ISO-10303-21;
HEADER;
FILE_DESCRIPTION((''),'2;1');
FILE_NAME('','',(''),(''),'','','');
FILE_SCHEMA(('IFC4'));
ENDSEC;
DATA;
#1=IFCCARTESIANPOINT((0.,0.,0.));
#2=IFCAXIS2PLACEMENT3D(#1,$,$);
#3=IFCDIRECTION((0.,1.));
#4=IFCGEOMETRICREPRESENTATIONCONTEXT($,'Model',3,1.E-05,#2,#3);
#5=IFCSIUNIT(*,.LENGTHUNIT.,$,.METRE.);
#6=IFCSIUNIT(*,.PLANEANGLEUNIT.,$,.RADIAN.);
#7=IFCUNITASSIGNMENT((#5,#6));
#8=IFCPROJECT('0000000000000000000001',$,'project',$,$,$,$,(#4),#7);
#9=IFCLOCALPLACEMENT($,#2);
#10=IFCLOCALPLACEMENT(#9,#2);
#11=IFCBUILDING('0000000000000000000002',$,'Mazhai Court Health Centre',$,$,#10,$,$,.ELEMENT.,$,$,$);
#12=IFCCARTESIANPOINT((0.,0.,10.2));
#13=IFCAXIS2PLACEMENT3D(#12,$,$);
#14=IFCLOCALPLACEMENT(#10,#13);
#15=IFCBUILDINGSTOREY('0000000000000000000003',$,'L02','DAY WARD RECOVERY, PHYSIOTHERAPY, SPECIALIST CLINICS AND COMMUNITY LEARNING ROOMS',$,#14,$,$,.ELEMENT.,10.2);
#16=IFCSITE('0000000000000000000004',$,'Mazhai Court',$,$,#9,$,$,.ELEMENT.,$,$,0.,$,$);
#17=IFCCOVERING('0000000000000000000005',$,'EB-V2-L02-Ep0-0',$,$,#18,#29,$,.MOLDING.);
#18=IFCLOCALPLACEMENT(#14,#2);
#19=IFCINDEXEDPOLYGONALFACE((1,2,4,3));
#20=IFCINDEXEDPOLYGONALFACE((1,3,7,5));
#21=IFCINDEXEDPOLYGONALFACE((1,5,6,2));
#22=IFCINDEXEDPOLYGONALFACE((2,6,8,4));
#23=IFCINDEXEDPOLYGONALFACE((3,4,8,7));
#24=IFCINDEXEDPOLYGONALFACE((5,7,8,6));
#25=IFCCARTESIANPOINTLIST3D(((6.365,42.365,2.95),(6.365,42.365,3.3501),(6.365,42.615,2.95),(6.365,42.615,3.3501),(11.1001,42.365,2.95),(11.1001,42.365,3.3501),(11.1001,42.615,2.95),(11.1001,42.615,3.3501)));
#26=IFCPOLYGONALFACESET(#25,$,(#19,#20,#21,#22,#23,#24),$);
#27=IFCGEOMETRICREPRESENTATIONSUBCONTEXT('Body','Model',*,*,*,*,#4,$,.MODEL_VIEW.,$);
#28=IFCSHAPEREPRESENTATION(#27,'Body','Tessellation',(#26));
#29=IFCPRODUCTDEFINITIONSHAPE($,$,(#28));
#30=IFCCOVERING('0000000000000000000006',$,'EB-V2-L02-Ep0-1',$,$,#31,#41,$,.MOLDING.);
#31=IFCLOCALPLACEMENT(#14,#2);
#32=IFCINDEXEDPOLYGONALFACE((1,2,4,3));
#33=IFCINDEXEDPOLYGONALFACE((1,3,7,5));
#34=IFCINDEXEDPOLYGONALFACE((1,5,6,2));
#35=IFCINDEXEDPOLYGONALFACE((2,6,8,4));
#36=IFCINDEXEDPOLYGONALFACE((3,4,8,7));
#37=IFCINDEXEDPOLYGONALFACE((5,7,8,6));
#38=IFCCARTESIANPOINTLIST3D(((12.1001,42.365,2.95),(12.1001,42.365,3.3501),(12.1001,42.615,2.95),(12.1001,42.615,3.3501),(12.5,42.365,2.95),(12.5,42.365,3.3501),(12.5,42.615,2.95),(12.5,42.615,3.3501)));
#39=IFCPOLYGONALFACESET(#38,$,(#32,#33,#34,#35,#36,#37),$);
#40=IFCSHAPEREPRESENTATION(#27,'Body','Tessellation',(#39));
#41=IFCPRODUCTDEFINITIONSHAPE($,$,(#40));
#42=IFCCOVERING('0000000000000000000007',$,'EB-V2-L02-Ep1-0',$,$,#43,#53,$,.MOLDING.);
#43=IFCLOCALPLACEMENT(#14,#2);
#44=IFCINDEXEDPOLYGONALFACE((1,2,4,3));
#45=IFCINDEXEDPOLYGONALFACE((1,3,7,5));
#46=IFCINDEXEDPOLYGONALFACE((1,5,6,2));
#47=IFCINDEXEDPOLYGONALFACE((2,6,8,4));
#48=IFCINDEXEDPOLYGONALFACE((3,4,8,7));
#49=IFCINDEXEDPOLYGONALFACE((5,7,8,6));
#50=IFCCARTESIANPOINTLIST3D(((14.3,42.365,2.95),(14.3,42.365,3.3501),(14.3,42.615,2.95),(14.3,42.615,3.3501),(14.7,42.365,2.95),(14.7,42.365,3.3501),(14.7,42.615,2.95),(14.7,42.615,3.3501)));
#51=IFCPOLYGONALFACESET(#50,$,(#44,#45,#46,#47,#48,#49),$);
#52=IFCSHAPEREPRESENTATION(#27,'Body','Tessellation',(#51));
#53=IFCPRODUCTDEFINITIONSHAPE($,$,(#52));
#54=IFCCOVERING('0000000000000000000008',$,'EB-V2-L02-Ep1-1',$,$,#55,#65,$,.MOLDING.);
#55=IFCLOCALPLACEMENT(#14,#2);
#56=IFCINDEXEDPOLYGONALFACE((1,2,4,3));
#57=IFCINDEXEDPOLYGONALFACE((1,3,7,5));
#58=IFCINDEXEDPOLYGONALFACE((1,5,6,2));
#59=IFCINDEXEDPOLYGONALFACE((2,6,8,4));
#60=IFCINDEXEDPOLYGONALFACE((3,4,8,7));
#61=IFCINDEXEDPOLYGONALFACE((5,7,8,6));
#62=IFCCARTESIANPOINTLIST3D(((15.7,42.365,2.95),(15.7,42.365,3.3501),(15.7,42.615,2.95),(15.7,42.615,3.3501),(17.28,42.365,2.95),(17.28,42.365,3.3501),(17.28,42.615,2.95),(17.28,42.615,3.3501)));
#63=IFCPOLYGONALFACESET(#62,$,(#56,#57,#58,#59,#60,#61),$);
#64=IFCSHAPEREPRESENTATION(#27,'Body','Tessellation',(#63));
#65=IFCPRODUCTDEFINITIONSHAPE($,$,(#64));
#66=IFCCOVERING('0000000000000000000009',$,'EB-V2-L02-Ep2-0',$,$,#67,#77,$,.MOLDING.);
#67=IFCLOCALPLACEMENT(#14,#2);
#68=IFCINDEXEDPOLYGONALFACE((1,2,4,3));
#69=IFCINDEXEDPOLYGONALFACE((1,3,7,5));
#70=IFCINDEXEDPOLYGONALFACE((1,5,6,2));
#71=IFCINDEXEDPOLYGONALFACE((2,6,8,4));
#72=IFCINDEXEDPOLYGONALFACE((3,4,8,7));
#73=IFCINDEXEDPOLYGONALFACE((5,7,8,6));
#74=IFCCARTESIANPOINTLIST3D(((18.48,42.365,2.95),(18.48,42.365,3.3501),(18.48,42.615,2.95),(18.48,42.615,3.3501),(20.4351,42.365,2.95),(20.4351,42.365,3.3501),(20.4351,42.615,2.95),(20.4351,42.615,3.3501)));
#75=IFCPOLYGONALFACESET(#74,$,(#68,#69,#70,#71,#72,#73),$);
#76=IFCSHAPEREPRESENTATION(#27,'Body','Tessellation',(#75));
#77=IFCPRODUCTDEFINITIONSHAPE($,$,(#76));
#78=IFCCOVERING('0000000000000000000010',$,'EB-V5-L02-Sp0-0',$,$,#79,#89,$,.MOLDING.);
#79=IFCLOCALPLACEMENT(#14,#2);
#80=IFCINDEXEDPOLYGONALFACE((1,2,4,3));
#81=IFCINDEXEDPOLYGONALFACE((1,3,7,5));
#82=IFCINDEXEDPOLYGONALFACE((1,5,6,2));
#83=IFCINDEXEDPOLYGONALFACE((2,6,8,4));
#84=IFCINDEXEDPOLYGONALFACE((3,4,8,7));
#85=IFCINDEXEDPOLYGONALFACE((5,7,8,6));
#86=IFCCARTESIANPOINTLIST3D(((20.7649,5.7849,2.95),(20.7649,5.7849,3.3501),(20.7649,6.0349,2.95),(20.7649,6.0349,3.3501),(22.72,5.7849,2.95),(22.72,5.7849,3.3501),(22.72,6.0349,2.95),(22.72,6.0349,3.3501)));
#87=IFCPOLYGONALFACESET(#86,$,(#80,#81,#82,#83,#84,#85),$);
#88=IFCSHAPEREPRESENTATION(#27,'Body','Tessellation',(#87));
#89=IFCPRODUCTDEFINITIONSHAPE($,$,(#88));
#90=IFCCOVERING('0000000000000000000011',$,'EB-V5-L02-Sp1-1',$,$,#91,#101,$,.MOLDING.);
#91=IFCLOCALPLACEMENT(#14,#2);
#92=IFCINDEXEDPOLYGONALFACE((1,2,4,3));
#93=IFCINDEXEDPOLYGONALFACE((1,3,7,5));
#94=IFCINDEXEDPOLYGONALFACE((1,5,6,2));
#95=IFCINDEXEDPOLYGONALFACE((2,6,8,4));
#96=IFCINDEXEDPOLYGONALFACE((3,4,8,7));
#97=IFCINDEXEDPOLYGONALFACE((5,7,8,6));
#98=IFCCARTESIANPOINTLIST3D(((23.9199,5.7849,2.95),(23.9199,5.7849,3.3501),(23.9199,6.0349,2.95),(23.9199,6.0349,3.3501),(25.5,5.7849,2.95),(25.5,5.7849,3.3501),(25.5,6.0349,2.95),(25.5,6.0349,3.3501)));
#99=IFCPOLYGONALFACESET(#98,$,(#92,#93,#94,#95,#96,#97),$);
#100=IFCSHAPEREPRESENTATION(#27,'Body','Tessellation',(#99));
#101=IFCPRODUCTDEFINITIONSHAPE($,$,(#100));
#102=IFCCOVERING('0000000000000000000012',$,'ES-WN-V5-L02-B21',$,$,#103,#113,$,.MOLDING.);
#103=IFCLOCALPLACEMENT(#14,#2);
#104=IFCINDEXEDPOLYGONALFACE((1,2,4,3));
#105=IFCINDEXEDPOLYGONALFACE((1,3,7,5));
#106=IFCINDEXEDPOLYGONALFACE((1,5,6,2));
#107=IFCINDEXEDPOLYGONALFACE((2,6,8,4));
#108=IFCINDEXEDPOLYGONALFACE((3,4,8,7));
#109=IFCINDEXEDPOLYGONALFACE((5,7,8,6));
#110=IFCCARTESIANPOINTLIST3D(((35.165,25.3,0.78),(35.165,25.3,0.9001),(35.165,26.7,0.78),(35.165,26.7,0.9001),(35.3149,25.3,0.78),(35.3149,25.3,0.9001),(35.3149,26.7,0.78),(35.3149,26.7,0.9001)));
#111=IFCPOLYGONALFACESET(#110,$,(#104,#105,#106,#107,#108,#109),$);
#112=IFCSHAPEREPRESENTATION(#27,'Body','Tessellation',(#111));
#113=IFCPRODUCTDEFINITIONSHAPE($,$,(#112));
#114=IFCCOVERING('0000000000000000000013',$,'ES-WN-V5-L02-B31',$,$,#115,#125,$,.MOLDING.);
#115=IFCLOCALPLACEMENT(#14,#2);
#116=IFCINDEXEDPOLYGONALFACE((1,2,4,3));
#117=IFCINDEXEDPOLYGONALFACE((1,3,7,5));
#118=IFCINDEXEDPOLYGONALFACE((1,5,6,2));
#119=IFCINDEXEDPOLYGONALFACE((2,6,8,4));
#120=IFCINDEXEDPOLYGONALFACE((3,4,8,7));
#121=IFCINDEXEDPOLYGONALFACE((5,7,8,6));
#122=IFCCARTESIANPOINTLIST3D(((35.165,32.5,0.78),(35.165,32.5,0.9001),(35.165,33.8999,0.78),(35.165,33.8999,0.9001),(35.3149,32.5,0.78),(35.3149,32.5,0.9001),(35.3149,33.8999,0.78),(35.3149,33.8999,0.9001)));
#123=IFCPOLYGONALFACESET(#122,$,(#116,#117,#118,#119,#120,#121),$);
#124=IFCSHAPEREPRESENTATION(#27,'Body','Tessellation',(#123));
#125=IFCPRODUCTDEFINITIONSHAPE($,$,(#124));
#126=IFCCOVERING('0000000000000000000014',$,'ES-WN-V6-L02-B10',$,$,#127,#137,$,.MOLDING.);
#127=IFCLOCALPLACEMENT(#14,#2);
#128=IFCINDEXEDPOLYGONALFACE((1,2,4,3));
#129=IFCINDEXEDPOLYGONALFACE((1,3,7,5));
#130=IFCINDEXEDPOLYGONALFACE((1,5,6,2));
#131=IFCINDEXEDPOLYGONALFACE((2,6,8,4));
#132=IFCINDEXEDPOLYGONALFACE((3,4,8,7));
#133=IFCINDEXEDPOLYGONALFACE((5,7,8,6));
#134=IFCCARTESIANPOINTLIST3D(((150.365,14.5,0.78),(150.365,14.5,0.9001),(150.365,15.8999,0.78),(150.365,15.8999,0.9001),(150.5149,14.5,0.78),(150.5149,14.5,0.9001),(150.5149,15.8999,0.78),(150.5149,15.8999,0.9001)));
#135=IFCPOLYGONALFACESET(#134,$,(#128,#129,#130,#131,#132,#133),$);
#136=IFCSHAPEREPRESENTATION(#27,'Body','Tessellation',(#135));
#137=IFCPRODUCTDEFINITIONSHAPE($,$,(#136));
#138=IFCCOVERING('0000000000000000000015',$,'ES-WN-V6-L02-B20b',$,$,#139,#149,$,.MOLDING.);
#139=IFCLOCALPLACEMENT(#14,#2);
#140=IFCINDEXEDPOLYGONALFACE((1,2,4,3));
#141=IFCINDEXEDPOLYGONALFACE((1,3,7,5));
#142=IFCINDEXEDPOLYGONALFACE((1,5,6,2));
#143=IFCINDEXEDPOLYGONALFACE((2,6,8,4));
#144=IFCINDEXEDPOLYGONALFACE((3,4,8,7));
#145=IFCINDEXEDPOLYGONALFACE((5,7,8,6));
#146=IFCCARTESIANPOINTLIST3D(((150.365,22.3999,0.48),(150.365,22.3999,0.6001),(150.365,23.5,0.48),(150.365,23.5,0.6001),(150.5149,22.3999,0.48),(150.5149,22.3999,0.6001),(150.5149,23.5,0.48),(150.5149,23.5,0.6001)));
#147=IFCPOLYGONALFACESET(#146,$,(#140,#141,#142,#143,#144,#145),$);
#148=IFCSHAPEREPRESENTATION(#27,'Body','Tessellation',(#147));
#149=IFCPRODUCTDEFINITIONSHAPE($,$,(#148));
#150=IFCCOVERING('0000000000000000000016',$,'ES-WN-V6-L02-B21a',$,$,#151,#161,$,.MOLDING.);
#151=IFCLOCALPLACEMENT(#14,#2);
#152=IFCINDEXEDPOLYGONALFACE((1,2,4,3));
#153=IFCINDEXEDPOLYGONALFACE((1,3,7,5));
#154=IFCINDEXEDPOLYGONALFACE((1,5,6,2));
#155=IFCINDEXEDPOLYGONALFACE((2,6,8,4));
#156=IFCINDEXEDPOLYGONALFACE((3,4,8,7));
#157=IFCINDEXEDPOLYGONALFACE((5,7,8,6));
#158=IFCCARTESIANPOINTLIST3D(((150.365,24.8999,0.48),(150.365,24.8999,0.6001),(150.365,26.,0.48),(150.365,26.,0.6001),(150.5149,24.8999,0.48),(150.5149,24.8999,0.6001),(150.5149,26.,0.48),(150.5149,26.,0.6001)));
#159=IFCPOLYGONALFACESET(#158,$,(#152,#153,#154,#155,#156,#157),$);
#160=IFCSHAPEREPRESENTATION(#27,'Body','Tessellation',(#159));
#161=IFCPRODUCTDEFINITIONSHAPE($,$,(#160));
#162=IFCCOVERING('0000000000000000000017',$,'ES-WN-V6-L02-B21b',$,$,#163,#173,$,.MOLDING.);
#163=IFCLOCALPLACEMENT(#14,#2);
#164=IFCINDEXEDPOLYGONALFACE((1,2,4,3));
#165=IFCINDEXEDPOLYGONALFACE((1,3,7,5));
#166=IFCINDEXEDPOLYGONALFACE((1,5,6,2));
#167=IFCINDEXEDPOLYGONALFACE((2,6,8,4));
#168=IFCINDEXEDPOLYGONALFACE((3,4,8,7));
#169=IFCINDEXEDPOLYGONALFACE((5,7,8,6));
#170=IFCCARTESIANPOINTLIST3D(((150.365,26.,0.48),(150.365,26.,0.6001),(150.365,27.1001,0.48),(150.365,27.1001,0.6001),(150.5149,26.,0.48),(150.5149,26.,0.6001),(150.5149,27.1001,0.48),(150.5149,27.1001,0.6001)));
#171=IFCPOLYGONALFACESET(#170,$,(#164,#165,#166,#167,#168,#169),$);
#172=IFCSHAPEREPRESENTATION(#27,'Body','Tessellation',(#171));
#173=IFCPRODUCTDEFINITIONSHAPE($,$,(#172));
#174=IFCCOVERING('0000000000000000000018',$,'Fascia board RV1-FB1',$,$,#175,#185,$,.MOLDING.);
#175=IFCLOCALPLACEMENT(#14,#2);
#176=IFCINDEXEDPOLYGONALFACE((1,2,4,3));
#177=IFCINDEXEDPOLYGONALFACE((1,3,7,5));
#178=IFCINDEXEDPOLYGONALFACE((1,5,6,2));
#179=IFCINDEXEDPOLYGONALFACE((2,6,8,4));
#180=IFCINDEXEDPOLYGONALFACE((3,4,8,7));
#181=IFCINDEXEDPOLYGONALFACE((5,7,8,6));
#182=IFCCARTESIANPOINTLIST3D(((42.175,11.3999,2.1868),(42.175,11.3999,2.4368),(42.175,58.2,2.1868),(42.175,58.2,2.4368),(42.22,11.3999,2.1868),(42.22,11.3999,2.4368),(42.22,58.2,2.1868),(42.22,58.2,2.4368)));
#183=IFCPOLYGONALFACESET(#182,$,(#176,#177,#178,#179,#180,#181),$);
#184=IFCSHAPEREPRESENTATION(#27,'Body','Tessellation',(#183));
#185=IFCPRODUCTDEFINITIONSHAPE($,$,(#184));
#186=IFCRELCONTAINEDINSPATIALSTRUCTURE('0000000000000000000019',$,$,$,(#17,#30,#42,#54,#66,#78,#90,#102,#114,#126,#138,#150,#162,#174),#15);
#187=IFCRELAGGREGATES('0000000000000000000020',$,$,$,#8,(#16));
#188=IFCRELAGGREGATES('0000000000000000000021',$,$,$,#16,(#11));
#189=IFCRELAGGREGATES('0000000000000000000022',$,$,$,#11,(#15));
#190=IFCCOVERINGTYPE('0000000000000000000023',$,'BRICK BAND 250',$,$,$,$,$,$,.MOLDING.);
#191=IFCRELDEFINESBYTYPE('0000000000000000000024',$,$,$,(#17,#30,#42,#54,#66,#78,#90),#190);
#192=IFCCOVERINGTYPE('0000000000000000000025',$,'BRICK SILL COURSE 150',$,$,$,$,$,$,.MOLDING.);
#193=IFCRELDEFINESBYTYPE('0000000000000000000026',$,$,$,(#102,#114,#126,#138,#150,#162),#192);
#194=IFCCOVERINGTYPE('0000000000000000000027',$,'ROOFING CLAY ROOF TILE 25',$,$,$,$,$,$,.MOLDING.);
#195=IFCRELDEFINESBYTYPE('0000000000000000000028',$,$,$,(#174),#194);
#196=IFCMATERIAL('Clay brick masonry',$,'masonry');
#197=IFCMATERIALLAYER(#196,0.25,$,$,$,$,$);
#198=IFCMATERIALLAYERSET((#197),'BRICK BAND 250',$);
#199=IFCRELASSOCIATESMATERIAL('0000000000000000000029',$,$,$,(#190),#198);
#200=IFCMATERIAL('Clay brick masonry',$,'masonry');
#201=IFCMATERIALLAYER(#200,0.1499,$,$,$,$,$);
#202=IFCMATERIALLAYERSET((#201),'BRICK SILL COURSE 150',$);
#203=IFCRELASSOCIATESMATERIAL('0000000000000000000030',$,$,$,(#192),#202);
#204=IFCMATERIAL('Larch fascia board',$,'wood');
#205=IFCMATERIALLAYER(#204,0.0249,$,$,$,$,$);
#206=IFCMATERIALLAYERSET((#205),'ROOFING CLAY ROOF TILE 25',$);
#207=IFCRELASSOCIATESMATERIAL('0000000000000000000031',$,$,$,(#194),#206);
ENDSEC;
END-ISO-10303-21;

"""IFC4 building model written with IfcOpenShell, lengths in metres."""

from ifc_helpers import new_model, si_unit, direction, frame, origin, place, context, subcontext, project, spatial, polyline, outline, extrude, material, layer, layer_set, type_object, element, save


model = new_model("IFC4")

# Units and contexts
model_context = context("Model", 3, precision=1e-05, world=origin(), true_north=direction((0.0, 1.0)))
body_context = subcontext(model_context, "Body", "Model", "MODEL_VIEW")
ifc_project = project(units=[si_unit("LENGTHUNIT", "METRE"), si_unit("PLANEANGLEUNIT", "RADIAN")], contexts=[model_context])

# Site, building, storey
site_placement = place(None, origin())
site = spatial("IfcSite", under=ifc_project, at=site_placement, Name="Mazhai Court", CompositionType="ELEMENT", RefElevation=0.0)
building_placement = place(site_placement, origin())
building = spatial("IfcBuilding", under=site, at=building_placement, Name="Mazhai Court Health Centre", CompositionType="ELEMENT")
storey_placement = place(building_placement, frame((0.0, 0.0, 10.2)))
storey = spatial("IfcBuildingStorey", under=building, at=storey_placement, Name="L02", Description="DAY WARD RECOVERY, PHYSIOTHERAPY, SPECIALIST CLINICS AND COMMUNITY LEARNING ROOMS", CompositionType="ELEMENT", Elevation=10.2)

# Coverings
ifc_material_1 = material(Name="Clay brick masonry", Category="masonry")
ifc_layer_1 = layer(ifc_material_1, 0.25)
ifc_layer_set_1 = layer_set([ifc_layer_1], Name="BRICK BAND 250")
covering_type_1 = type_object("IfcCoveringType", Name="BRICK BAND 250", PredefinedType="MOLDING", material=ifc_layer_set_1)
covering_1_placement = place(storey_placement, frame((0.0, 0.0, 2.95)))
element("IfcCovering", 1, at=covering_1_placement, inside=storey, type_object=covering_type_1, Name="EB-V2-L02-Ep0-0", PredefinedType="MOLDING", context=body_context, shape_type="SweptSolid", body=[
    extrude(outline(polyline([(6.365, 42.365), (11.1001, 42.365), (11.1001, 42.615), (6.365, 42.615), (6.365, 42.365)])), origin(), (0.0, 0.0, 1.0), 0.4001),
])
covering_2_placement = place(storey_placement, frame((0.0, 0.0, 2.95)))
element("IfcCovering", 2, at=covering_2_placement, inside=storey, type_object=covering_type_1, Name="EB-V2-L02-Ep0-1", PredefinedType="MOLDING", context=body_context, shape_type="SweptSolid", body=[
    extrude(outline(polyline([(12.1001, 42.365), (12.5, 42.365), (12.5, 42.615), (12.1001, 42.615), (12.1001, 42.365)])), origin(), (0.0, 0.0, 1.0), 0.4001),
])
covering_3_placement = place(storey_placement, frame((0.0, 0.0, 2.95)))
element("IfcCovering", 3, at=covering_3_placement, inside=storey, type_object=covering_type_1, Name="EB-V2-L02-Ep1-0", PredefinedType="MOLDING", context=body_context, shape_type="SweptSolid", body=[
    extrude(outline(polyline([(14.3, 42.365), (14.7, 42.365), (14.7, 42.615), (14.3, 42.615), (14.3, 42.365)])), origin(), (0.0, 0.0, 1.0), 0.4001),
])
covering_4_placement = place(storey_placement, frame((0.0, 0.0, 2.95)))
element("IfcCovering", 4, at=covering_4_placement, inside=storey, type_object=covering_type_1, Name="EB-V2-L02-Ep1-1", PredefinedType="MOLDING", context=body_context, shape_type="SweptSolid", body=[
    extrude(outline(polyline([(15.7, 42.365), (17.28, 42.365), (17.28, 42.615), (15.7, 42.615), (15.7, 42.365)])), origin(), (0.0, 0.0, 1.0), 0.4001),
])
covering_5_placement = place(storey_placement, frame((0.0, 0.0, 2.95)))
element("IfcCovering", 5, at=covering_5_placement, inside=storey, type_object=covering_type_1, Name="EB-V2-L02-Ep2-0", PredefinedType="MOLDING", context=body_context, shape_type="SweptSolid", body=[
    extrude(outline(polyline([(18.48, 42.365), (20.4351, 42.365), (20.4351, 42.615), (18.48, 42.615), (18.48, 42.365)])), origin(), (0.0, 0.0, 1.0), 0.4001),
])
covering_6_placement = place(storey_placement, frame((0.0, 0.0, 2.95)))
element("IfcCovering", 6, at=covering_6_placement, inside=storey, type_object=covering_type_1, Name="EB-V5-L02-Sp0-0", PredefinedType="MOLDING", context=body_context, shape_type="SweptSolid", body=[
    extrude(outline(polyline([(22.72, 6.0349), (20.7649, 6.0349), (20.7649, 5.7849), (22.72, 5.7849), (22.72, 6.0349)])), origin(), (0.0, 0.0, 1.0), 0.4001),
])
covering_7_placement = place(storey_placement, frame((0.0, 0.0, 2.95)))
element("IfcCovering", 7, at=covering_7_placement, inside=storey, type_object=covering_type_1, Name="EB-V5-L02-Sp1-1", PredefinedType="MOLDING", context=body_context, shape_type="SweptSolid", body=[
    extrude(outline(polyline([(25.5, 6.0349), (23.9199, 6.0349), (23.9199, 5.7849), (25.5, 5.7849), (25.5, 6.0349)])), origin(), (0.0, 0.0, 1.0), 0.4001),
])
ifc_material_2 = material(Name="Clay brick masonry", Category="masonry")
ifc_layer_2 = layer(ifc_material_2, 0.1499)
ifc_layer_set_2 = layer_set([ifc_layer_2], Name="BRICK SILL COURSE 150")
covering_type_2 = type_object("IfcCoveringType", Name="BRICK SILL COURSE 150", PredefinedType="MOLDING", material=ifc_layer_set_2)
covering_8_placement = place(storey_placement, frame((0.0, 0.0, 0.78)))
element("IfcCovering", 8, at=covering_8_placement, inside=storey, type_object=covering_type_2, Name="ES-WN-V5-L02-B21", PredefinedType="MOLDING", context=body_context, shape_type="SweptSolid", body=[
    extrude(outline(polyline([(35.165, 26.7), (35.165, 25.3), (35.3149, 25.3), (35.3149, 26.7), (35.165, 26.7)])), origin(), (0.0, 0.0, 1.0), 0.1201),
])
covering_9_placement = place(storey_placement, frame((0.0, 0.0, 0.78)))
element("IfcCovering", 9, at=covering_9_placement, inside=storey, type_object=covering_type_2, Name="ES-WN-V5-L02-B31", PredefinedType="MOLDING", context=body_context, shape_type="SweptSolid", body=[
    extrude(outline(polyline([(35.165, 33.8999), (35.165, 32.5), (35.3149, 32.5), (35.3149, 33.8999), (35.165, 33.8999)])), origin(), (0.0, 0.0, 1.0), 0.1201),
])
covering_10_placement = place(storey_placement, frame((0.0, 0.0, 0.78)))
element("IfcCovering", 10, at=covering_10_placement, inside=storey, type_object=covering_type_2, Name="ES-WN-V6-L02-B10", PredefinedType="MOLDING", context=body_context, shape_type="SweptSolid", body=[
    extrude(outline(polyline([(150.365, 15.8999), (150.365, 14.5), (150.5149, 14.5), (150.5149, 15.8999), (150.365, 15.8999)])), origin(), (0.0, 0.0, 1.0), 0.1201),
])
covering_11_placement = place(storey_placement, frame((0.0, 0.0, 0.48)))
element("IfcCovering", 11, at=covering_11_placement, inside=storey, type_object=covering_type_2, Name="ES-WN-V6-L02-B20b", PredefinedType="MOLDING", context=body_context, shape_type="SweptSolid", body=[
    extrude(outline(polyline([(150.365, 23.5), (150.365, 22.3999), (150.5149, 22.3999), (150.5149, 23.5), (150.365, 23.5)])), origin(), (0.0, 0.0, 1.0), 0.1201),
])
covering_12_placement = place(storey_placement, frame((0.0, 0.0, 0.48)))
element("IfcCovering", 12, at=covering_12_placement, inside=storey, type_object=covering_type_2, Name="ES-WN-V6-L02-B21a", PredefinedType="MOLDING", context=body_context, shape_type="SweptSolid", body=[
    extrude(outline(polyline([(150.365, 26.0), (150.365, 24.8999), (150.5149, 24.8999), (150.5149, 26.0), (150.365, 26.0)])), origin(), (0.0, 0.0, 1.0), 0.1201),
])
covering_13_placement = place(storey_placement, frame((0.0, 0.0, 0.48)))
element("IfcCovering", 13, at=covering_13_placement, inside=storey, type_object=covering_type_2, Name="ES-WN-V6-L02-B21b", PredefinedType="MOLDING", context=body_context, shape_type="SweptSolid", body=[
    extrude(outline(polyline([(150.365, 27.1001), (150.365, 26.0), (150.5149, 26.0), (150.5149, 27.1001), (150.365, 27.1001)])), origin(), (0.0, 0.0, 1.0), 0.1201),
])
ifc_material_3 = material(Name="Larch fascia board", Category="wood")
ifc_layer_3 = layer(ifc_material_3, 0.0249)
ifc_layer_set_3 = layer_set([ifc_layer_3], Name="ROOFING CLAY ROOF TILE 25")
covering_type_3 = type_object("IfcCoveringType", Name="ROOFING CLAY ROOF TILE 25", PredefinedType="MOLDING", material=ifc_layer_set_3)
covering_14_placement = place(storey_placement, frame((0.0, 0.0, 2.1868)))
element("IfcCovering", 14, at=covering_14_placement, inside=storey, type_object=covering_type_3, Name="Fascia board RV1-FB1", PredefinedType="MOLDING", context=body_context, shape_type="SweptSolid", body=[
    extrude(outline(polyline([(42.22, 11.3999), (42.22, 58.2), (42.175, 58.2), (42.175, 11.3999), (42.22, 11.3999)])), origin(), (0.0, 0.0, 1.0), 0.25),
])

save(model, "model.ifc")
